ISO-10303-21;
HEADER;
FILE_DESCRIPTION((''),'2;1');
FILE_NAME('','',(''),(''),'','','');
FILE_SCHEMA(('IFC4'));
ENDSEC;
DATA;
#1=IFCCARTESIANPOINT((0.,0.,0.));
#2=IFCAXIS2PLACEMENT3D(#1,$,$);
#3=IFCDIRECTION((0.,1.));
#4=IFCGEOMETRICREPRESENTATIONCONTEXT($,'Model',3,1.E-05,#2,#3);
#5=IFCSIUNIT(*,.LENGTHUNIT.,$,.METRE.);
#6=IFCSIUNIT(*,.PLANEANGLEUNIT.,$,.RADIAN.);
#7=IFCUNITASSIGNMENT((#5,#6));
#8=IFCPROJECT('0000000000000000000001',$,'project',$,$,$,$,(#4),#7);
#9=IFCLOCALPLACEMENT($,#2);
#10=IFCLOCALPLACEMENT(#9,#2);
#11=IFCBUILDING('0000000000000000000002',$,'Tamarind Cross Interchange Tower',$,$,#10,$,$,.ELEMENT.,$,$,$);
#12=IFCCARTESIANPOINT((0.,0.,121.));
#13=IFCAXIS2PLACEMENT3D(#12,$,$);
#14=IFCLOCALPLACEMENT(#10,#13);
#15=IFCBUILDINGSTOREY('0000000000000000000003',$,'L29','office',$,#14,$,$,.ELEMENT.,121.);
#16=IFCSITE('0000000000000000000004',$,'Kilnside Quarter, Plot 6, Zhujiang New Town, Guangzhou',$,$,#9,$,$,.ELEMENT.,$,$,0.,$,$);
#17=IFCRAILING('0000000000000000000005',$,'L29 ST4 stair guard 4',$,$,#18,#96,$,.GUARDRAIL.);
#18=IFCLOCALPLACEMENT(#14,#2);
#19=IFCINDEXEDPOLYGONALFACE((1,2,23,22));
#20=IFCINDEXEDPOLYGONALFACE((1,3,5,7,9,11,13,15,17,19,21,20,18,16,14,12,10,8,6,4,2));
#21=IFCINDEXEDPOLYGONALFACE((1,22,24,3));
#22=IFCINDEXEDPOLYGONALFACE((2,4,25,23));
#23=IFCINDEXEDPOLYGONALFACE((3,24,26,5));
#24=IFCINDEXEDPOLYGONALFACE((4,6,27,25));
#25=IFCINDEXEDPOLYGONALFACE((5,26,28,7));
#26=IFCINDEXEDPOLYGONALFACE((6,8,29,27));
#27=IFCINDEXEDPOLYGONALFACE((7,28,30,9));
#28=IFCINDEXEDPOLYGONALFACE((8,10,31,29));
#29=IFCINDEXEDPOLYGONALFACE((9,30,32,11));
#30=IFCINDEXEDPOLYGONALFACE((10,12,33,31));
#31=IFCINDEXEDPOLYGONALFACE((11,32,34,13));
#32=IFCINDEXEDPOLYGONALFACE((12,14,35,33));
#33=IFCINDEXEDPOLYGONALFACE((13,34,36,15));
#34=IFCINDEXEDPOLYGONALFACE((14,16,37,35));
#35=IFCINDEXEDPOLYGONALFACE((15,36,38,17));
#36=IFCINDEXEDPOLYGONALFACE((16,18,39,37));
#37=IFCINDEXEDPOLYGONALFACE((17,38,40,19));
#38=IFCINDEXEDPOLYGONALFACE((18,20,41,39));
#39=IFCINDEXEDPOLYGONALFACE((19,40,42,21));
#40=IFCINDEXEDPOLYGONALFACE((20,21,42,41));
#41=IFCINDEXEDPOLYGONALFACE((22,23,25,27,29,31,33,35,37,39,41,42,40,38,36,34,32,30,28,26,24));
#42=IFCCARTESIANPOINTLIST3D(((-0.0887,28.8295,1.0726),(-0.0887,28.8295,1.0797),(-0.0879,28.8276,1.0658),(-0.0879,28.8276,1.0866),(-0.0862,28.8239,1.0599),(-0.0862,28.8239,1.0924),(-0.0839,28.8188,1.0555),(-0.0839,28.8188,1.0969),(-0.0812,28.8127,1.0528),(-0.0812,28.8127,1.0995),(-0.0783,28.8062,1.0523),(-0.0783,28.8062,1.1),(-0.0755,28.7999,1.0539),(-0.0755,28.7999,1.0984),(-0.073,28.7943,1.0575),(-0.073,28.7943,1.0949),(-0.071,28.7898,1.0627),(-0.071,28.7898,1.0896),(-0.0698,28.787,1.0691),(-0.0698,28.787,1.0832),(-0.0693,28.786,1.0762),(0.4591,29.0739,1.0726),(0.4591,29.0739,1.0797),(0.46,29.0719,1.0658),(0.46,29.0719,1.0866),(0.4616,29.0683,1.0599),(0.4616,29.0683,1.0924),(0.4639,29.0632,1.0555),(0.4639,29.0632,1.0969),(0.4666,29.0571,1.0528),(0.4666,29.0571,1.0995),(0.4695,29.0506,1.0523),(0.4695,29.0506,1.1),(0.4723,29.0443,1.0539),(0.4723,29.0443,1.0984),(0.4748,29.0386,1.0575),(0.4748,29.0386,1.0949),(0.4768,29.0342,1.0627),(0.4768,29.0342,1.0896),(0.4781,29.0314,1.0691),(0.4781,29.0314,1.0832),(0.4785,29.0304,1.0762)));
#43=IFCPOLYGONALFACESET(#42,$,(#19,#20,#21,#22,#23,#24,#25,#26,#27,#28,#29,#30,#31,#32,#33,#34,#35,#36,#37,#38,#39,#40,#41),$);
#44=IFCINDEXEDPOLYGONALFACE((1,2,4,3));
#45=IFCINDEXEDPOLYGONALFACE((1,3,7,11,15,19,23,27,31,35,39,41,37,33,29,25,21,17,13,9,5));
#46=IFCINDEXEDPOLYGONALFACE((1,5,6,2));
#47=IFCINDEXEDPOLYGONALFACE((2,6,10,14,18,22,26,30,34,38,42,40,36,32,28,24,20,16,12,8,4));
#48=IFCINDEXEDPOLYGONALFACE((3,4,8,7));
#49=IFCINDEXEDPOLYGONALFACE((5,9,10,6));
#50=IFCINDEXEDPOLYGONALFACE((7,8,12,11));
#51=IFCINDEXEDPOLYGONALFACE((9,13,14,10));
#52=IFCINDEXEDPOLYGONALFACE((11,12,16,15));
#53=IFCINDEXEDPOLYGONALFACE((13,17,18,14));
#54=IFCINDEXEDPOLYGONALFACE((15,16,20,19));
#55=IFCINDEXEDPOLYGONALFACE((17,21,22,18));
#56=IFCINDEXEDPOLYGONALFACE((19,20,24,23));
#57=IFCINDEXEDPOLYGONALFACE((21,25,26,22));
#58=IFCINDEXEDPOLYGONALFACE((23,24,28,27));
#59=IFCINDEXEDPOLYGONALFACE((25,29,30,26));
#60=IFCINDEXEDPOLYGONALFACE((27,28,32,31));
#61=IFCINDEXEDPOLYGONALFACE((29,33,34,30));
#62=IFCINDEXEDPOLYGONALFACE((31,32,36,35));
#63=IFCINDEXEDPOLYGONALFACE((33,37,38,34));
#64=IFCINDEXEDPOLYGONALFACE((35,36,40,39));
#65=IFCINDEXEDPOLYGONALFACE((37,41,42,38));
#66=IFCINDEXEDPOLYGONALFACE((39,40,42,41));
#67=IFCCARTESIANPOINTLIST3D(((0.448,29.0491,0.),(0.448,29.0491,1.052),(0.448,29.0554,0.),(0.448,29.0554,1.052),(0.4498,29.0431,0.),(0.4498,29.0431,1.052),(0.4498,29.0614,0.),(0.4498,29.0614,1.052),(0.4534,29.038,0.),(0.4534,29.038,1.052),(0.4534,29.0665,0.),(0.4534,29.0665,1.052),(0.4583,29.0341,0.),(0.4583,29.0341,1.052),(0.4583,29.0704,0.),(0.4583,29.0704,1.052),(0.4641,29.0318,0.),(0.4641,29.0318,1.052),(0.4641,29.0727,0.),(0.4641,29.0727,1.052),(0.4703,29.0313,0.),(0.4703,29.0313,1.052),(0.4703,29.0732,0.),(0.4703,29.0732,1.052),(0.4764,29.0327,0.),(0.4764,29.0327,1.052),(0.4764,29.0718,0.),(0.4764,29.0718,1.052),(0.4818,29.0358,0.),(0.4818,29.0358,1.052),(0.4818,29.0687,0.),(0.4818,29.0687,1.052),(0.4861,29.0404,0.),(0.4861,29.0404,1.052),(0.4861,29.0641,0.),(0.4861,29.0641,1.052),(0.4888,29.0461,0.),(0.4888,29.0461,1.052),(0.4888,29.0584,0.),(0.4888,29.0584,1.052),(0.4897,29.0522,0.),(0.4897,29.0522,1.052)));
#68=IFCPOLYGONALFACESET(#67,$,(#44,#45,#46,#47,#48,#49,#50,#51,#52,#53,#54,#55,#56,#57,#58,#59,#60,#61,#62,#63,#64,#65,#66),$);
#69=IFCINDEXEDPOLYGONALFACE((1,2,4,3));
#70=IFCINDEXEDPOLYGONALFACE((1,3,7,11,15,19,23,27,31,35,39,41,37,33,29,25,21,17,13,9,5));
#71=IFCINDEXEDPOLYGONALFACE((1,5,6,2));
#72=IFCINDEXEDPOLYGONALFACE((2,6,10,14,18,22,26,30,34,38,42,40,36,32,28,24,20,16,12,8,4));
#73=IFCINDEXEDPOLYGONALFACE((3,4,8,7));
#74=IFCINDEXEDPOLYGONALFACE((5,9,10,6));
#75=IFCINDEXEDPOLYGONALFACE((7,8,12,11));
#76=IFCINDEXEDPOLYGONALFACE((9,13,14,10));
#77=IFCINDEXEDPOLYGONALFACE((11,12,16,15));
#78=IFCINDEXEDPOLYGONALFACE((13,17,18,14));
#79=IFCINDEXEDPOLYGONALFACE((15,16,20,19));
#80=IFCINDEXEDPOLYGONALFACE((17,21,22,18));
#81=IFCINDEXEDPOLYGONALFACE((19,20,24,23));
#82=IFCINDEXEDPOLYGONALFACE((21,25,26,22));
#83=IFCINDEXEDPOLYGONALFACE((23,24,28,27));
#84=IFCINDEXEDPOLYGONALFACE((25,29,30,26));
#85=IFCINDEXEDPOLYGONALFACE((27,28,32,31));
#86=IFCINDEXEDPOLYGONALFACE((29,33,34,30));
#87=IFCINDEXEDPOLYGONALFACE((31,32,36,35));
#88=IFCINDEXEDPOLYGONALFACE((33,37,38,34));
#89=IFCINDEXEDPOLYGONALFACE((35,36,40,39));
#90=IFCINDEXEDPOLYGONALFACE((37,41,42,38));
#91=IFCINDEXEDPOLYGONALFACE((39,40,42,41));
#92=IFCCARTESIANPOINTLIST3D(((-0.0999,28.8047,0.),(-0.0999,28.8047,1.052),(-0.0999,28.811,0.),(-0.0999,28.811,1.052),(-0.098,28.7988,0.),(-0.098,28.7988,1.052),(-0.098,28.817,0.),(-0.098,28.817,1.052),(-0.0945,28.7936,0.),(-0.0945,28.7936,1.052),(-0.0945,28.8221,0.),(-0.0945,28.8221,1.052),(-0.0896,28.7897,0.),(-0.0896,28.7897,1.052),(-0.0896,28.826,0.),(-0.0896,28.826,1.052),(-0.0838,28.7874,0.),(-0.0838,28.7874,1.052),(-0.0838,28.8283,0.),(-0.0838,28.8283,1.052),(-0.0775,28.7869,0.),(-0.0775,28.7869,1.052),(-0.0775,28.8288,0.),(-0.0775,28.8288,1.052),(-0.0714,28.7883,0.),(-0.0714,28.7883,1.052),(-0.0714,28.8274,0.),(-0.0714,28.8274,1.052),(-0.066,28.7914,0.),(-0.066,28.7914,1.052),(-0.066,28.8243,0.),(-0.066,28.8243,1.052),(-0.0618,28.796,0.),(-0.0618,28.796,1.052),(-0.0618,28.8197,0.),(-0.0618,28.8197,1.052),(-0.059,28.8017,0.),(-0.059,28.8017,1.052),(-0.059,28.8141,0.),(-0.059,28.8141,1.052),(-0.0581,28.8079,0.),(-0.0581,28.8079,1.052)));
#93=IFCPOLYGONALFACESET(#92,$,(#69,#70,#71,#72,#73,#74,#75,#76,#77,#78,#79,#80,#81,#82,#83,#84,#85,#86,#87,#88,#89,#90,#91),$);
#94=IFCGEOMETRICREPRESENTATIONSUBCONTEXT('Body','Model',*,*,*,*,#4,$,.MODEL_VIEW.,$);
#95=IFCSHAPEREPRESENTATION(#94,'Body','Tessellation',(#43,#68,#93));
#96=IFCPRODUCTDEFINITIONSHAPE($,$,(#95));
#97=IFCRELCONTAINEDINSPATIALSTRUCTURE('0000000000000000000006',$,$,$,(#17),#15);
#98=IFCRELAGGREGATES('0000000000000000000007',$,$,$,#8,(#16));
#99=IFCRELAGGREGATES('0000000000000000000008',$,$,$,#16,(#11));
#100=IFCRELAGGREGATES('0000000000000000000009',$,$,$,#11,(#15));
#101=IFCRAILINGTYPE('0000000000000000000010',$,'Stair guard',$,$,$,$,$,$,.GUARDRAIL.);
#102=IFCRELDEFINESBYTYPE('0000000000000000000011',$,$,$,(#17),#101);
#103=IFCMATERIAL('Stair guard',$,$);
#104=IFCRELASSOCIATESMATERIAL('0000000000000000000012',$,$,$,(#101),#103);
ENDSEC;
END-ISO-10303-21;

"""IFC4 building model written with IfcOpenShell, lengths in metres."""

from ifc_helpers import new_model, si_unit, direction, frame, origin, origin_2d, place, context, subcontext, project, spatial, circle, extrude, material, type_object, element, save


model = new_model("IFC4")

# Units and contexts
model_context = context("Model", 3, precision=1e-05, world=origin(), true_north=direction((0.0, 1.0)))
body_context = subcontext(model_context, "Body", "Model", "MODEL_VIEW")
ifc_project = project(units=[si_unit("LENGTHUNIT", "METRE"), si_unit("PLANEANGLEUNIT", "RADIAN")], contexts=[model_context])

# Site, building, storey
site_placement = place(None, origin())
site = spatial("IfcSite", under=ifc_project, at=site_placement, Name="Kilnside Quarter, Plot 6, Zhujiang New Town, Guangzhou", CompositionType="ELEMENT", RefElevation=0.0)
building_placement = place(site_placement, origin())
building = spatial("IfcBuilding", under=site, at=building_placement, Name="Tamarind Cross Interchange Tower", CompositionType="ELEMENT")
storey_placement = place(building_placement, frame((0.0, 0.0, 121.0)))
storey = spatial("IfcBuildingStorey", under=building, at=storey_placement, Name="L29", Description="office", CompositionType="ELEMENT", Elevation=121.0)

# Railing
ifc_material_1 = material(Name="Stair guard")
railing_type_1 = type_object("IfcRailingType", Name="Stair guard", PredefinedType="GUARDRAIL", material=ifc_material_1)
railing_1_placement = place(storey_placement, frame((0.4688, 29.0522, 0.0)))
element("IfcRailing", 1, at=railing_1_placement, inside=storey, type_object=railing_type_1, Name="L29 ST4 stair guard 4", PredefinedType="GUARDRAIL", context=body_context, shape_type="SweptSolid", body=[
    extrude(circle(Radius=0.0239, at=origin_2d()), frame((0.0, 0.0, 1.0762), z_axis=(-0.913257, -0.407384, 0.0), x_axis=(0.407384, -0.913257, 0.0)), (0.0, 0.0, 1.0), 0.5999),
    extrude(circle(Radius=0.021, at=origin_2d()), origin(), (0.0, 0.0, 1.0), 1.052),
    extrude(circle(Radius=0.021, at=origin_2d()), frame((-0.5479, -0.2444, 0.0)), (0.0, 0.0, 1.0), 1.052),
])

save(model, "model.ifc")
